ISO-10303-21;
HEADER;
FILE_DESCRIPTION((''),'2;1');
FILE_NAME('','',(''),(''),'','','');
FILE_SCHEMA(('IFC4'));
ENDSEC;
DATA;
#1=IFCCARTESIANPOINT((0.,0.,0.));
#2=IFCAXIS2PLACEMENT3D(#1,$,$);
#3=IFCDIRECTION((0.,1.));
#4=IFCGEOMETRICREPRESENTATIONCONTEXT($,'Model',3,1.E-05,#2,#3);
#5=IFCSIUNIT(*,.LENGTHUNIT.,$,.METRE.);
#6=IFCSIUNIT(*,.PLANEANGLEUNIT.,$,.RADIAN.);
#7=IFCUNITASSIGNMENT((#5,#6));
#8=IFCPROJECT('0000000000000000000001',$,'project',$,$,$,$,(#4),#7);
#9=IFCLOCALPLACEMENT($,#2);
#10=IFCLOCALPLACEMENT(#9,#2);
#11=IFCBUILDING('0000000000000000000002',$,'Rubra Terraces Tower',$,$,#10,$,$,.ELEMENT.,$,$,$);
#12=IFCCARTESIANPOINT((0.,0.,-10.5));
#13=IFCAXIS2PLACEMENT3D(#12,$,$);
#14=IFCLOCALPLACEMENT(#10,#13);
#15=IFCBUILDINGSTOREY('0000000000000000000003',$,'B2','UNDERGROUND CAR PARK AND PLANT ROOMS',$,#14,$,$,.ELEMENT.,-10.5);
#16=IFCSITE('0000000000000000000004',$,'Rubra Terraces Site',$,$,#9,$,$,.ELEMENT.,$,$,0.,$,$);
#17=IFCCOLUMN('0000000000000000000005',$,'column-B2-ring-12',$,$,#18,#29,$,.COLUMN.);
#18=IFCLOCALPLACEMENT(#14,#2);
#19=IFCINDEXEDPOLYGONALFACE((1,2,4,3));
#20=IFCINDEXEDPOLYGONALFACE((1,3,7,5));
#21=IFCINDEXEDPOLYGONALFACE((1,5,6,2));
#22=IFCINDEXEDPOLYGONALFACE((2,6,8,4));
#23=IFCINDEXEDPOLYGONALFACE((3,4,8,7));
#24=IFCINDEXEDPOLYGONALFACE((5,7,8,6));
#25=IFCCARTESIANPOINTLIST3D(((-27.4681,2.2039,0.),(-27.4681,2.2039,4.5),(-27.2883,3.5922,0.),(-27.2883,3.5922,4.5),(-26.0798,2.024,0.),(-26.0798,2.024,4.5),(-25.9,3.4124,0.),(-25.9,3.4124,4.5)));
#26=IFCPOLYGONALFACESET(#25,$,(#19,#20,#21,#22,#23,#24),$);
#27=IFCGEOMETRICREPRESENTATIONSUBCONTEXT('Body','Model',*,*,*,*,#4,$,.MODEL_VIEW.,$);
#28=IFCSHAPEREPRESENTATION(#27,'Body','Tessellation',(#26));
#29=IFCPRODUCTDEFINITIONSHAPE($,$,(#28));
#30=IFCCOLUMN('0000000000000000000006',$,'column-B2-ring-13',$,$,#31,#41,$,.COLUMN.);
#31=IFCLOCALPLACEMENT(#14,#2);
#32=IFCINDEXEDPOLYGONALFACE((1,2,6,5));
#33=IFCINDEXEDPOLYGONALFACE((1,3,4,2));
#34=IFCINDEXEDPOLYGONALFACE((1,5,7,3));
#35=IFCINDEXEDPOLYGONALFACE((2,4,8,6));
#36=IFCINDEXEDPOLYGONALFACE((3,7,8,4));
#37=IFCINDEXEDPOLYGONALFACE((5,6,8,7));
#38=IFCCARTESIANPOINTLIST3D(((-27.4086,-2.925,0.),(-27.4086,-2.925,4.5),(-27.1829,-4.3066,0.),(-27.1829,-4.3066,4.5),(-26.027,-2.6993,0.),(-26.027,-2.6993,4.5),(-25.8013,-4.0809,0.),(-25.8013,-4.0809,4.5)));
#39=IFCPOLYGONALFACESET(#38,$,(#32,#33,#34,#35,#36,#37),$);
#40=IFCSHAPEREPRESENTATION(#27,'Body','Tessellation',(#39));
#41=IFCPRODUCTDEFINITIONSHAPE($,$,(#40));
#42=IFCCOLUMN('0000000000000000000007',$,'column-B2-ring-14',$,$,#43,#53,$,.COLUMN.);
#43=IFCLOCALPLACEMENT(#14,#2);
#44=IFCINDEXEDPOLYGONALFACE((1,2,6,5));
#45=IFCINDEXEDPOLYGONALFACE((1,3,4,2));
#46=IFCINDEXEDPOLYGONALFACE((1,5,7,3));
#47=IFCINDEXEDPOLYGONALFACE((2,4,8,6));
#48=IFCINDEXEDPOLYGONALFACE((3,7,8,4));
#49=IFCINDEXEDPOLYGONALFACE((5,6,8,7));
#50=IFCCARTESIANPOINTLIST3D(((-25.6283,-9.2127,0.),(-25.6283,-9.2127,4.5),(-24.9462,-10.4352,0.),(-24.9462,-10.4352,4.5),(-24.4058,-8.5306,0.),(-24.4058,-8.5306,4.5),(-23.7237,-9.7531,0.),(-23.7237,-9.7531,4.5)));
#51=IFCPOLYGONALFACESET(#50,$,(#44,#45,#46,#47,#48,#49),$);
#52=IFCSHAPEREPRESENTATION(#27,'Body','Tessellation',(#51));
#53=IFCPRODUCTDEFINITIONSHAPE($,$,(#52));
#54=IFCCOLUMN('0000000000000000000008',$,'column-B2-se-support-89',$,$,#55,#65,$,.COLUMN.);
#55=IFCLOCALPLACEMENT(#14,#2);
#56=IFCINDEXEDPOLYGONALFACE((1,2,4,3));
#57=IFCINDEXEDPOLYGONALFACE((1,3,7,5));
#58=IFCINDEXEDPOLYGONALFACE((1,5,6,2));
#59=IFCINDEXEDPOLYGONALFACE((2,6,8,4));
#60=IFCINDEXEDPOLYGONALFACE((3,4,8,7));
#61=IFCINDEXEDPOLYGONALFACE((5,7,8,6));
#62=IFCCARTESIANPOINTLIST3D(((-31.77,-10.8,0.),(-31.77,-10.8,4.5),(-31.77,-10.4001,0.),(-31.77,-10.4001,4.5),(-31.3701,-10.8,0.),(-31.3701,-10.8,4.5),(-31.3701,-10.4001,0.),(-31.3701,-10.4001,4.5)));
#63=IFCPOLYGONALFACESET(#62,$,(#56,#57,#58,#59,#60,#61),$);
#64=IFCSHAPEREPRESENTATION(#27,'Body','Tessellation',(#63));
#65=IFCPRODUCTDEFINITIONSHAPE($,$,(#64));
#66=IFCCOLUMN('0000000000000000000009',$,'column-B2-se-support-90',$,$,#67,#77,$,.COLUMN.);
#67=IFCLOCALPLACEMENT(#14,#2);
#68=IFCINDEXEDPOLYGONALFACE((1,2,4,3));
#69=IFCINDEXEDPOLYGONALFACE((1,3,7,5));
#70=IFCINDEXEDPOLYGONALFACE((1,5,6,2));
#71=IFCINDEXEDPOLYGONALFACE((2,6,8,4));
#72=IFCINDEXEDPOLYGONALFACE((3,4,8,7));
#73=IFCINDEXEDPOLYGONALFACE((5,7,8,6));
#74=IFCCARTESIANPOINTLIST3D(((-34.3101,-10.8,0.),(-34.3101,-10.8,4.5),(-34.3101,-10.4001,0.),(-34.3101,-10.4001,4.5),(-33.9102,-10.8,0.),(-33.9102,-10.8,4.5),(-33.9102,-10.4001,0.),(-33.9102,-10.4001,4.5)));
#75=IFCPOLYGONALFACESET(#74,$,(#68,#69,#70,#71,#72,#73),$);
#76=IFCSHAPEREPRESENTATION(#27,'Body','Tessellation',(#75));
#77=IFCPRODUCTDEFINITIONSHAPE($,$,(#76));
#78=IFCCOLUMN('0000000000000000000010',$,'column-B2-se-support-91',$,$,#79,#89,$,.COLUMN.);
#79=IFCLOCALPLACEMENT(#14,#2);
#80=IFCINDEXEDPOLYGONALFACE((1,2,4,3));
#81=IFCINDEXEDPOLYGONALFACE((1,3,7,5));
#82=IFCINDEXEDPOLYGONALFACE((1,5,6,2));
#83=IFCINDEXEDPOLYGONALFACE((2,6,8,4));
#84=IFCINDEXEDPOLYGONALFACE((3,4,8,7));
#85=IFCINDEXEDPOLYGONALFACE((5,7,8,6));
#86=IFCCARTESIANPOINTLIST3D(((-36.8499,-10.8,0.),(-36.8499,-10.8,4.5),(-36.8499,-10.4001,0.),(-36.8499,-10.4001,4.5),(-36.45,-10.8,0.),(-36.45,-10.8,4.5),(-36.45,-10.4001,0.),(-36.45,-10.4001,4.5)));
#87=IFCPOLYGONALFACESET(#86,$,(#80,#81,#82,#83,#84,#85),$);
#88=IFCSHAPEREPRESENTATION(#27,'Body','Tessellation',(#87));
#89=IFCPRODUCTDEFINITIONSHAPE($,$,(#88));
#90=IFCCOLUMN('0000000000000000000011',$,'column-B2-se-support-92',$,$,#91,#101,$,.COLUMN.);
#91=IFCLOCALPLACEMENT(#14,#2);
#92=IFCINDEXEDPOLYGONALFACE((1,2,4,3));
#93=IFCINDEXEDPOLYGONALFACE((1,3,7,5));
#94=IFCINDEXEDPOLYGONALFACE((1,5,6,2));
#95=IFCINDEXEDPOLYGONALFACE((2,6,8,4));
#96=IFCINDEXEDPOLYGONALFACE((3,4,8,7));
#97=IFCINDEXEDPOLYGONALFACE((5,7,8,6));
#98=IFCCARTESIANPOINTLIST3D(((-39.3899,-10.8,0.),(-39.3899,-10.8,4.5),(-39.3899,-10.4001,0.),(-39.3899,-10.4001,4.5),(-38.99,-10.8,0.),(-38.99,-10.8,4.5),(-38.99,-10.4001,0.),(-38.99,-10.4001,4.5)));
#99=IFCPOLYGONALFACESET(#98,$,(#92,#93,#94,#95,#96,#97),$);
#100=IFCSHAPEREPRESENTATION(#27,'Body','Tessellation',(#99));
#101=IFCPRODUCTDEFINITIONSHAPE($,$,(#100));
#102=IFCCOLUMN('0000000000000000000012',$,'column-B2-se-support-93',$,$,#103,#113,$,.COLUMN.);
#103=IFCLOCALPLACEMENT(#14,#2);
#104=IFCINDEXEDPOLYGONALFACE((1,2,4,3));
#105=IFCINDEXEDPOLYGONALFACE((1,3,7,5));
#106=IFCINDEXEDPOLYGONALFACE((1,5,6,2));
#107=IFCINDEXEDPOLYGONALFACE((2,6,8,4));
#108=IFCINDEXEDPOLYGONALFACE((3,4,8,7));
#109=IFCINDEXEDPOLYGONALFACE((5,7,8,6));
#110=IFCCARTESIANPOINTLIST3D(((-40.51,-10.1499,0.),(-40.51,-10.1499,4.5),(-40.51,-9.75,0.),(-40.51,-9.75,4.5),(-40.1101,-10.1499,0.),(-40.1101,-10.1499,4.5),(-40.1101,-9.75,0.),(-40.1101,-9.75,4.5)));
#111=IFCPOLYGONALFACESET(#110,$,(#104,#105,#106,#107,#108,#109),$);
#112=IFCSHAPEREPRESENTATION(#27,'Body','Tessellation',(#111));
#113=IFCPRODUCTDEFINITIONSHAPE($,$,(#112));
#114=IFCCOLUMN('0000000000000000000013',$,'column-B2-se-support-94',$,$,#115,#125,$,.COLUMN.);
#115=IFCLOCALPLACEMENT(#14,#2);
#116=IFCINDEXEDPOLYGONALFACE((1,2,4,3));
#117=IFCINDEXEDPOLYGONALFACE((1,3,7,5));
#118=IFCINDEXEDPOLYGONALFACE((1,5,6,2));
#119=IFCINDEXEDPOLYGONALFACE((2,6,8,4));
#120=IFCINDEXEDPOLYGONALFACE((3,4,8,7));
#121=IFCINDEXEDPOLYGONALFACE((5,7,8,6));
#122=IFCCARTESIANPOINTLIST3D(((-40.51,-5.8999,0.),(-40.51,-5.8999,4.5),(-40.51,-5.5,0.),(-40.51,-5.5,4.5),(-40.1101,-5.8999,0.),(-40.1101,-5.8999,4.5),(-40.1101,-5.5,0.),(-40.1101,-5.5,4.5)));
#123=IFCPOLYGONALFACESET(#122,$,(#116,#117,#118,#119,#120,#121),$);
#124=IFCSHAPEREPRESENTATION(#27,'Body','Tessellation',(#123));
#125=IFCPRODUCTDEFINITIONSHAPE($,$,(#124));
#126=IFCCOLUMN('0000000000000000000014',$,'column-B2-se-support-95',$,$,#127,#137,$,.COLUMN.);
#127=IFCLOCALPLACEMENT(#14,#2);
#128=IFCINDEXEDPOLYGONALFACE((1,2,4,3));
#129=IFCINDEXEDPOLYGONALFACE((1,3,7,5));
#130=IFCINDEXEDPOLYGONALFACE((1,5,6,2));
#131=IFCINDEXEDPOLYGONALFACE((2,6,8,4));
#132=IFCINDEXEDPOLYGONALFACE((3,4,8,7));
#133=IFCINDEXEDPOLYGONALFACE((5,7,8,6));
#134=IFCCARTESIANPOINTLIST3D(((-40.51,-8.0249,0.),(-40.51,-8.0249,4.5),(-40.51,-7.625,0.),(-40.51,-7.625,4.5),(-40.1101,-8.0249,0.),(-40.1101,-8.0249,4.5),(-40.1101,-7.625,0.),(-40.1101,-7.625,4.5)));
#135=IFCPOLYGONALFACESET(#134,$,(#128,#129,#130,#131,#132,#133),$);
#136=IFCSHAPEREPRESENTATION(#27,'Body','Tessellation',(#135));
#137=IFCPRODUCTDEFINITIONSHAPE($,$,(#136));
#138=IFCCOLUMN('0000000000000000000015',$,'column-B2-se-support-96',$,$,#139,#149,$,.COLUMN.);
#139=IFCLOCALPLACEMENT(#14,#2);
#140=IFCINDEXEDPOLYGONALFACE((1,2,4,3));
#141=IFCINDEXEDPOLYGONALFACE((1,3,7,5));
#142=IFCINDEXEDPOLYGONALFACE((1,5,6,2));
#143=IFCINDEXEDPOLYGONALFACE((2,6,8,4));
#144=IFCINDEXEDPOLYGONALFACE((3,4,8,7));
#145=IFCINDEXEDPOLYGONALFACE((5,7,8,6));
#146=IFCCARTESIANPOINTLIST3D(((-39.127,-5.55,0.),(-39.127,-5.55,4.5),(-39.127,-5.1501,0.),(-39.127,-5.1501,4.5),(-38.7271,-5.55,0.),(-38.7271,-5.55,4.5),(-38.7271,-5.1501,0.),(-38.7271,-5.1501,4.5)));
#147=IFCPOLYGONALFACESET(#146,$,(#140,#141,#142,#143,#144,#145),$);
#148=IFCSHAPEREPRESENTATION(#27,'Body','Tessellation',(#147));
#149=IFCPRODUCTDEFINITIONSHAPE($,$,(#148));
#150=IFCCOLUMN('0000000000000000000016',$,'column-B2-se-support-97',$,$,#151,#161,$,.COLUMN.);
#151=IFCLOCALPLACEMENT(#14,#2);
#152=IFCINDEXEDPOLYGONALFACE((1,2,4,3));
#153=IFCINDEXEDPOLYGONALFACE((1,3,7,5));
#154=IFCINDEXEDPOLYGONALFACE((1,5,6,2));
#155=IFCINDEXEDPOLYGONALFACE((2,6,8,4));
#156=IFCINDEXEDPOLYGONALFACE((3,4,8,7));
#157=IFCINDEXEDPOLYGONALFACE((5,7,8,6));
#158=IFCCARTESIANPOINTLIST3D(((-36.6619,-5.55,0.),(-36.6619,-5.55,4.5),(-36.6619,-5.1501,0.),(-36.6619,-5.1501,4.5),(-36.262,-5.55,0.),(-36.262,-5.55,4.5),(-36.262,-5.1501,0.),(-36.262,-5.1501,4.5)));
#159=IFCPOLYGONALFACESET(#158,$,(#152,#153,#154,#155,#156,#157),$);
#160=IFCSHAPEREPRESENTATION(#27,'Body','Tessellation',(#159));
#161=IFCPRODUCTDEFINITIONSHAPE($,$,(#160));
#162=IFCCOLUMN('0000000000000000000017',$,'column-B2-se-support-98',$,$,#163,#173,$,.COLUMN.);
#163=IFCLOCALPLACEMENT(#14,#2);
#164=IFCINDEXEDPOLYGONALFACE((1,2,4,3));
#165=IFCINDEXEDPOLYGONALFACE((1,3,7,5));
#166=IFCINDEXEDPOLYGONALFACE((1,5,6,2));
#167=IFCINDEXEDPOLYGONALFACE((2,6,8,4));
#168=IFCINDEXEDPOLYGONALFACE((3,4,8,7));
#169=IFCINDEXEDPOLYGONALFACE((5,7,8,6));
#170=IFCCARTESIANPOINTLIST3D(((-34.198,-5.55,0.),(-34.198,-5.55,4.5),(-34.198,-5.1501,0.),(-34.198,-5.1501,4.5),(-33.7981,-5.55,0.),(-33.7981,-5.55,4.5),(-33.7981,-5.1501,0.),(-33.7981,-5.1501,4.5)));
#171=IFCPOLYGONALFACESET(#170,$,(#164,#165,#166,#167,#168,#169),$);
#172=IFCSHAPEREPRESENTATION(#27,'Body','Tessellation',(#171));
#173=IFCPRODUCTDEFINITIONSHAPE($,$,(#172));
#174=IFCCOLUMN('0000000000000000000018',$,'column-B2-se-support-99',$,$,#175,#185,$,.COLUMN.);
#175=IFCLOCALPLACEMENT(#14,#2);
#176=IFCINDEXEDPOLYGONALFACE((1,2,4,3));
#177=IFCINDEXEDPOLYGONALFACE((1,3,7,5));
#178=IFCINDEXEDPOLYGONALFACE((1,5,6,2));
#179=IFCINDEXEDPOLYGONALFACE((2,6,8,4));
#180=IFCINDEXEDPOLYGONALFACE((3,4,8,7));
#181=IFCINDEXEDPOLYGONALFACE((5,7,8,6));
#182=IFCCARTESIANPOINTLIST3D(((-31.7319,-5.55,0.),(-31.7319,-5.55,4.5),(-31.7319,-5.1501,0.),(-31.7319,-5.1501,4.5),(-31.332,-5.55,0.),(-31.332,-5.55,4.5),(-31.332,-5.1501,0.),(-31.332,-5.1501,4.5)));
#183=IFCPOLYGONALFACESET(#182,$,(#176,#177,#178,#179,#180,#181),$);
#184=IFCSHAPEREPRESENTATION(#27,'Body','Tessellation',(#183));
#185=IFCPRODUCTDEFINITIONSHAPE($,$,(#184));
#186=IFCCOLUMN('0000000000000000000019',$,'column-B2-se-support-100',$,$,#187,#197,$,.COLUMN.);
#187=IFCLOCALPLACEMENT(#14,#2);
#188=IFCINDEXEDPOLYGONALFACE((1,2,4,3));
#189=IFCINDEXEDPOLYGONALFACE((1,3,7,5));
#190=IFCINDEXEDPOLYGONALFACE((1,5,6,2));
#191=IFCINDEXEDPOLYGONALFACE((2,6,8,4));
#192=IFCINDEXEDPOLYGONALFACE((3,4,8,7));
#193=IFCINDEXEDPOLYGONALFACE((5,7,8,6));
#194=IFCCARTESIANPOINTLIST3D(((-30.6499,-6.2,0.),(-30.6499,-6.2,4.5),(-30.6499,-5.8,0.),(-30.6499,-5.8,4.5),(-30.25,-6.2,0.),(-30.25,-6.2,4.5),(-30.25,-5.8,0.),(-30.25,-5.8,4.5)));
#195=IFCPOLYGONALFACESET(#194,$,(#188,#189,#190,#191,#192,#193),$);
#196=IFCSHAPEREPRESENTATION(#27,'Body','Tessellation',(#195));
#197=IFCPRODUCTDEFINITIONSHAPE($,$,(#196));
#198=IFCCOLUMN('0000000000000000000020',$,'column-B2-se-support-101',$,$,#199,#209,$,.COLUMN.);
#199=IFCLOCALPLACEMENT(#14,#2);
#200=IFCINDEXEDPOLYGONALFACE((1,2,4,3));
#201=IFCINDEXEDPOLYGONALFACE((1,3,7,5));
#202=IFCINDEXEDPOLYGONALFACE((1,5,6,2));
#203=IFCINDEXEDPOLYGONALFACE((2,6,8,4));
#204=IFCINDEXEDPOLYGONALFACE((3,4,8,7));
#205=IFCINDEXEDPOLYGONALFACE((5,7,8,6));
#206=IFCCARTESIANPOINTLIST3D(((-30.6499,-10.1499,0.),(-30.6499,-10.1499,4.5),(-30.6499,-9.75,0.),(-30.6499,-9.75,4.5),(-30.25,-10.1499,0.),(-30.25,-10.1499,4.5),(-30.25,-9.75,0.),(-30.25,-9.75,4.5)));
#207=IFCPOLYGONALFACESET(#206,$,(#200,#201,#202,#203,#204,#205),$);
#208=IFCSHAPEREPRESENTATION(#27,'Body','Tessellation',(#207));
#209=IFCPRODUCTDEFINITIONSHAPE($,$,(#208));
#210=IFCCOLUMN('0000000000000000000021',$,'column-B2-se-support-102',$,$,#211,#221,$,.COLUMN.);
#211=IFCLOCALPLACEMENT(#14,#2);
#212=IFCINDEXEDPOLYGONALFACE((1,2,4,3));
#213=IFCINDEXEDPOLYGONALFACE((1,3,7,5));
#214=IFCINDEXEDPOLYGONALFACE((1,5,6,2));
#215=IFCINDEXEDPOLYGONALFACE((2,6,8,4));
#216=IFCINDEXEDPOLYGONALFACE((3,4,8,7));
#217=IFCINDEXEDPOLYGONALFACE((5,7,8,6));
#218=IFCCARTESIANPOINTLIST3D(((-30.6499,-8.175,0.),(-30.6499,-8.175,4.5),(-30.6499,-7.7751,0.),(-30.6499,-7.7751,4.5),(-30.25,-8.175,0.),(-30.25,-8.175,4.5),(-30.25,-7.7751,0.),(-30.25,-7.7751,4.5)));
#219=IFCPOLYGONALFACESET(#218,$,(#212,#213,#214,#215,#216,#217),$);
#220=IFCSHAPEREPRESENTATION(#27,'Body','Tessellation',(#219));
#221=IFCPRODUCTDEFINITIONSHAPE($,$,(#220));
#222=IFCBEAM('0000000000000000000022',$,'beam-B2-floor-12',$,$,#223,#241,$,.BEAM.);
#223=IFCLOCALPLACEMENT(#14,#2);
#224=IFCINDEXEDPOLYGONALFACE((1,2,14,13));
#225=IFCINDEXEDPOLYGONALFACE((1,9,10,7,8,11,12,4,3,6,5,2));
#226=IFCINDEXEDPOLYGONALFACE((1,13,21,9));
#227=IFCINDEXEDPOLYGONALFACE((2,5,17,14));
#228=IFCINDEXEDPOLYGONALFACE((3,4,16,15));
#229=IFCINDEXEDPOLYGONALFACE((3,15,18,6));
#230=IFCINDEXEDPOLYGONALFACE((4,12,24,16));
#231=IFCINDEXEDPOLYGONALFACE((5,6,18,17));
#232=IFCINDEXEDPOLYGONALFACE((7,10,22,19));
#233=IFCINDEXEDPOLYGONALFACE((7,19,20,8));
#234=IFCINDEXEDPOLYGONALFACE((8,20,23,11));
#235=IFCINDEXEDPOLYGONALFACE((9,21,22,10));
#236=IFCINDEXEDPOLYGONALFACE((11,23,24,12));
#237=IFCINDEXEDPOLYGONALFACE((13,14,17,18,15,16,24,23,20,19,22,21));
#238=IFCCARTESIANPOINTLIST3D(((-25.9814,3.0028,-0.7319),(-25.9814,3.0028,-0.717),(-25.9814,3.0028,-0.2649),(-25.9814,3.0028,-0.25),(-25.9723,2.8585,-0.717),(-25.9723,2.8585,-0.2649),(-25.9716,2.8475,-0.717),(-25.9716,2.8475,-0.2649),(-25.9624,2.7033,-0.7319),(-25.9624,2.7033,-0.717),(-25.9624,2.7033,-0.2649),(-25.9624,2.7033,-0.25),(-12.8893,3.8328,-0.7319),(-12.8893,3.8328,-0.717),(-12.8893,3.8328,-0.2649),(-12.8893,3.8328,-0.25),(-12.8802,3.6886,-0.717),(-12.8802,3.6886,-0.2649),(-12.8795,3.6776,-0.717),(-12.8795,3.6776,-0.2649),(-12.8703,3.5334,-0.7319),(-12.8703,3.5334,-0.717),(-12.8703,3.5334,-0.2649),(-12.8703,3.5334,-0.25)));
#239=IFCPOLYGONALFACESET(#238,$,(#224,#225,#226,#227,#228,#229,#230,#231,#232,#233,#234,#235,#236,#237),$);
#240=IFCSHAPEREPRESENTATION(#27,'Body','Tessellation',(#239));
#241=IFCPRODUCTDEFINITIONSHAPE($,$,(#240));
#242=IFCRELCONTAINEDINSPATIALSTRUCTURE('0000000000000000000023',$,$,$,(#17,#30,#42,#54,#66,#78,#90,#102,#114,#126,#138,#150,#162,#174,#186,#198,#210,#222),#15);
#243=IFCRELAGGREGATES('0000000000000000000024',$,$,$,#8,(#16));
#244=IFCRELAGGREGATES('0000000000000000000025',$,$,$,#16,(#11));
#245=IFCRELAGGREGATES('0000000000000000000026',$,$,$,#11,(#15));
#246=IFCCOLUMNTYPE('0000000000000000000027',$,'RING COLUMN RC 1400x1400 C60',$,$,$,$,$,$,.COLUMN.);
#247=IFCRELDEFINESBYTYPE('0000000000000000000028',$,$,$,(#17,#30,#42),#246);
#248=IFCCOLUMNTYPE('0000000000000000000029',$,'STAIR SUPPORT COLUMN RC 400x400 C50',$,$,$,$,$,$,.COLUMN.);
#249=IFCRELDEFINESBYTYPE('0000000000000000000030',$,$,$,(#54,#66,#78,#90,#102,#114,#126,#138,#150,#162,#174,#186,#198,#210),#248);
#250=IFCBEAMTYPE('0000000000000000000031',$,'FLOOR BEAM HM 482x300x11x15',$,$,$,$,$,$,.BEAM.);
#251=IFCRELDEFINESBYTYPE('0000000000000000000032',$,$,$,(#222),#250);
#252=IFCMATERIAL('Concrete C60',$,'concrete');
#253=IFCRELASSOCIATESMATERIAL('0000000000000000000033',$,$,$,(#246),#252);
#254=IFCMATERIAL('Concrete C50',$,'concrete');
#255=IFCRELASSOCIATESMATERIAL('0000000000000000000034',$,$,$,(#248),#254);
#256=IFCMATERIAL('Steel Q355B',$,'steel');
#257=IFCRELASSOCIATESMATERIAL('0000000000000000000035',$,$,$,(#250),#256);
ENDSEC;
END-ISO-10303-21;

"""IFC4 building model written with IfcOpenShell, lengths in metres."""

from ifc_helpers import new_model, si_unit, direction, frame, origin, origin_2d, place, context, subcontext, project, spatial, rectangle, i_section, extrude, material, material_profile, profile_set, type_object, element, save


model = new_model("IFC4")

# Units and contexts
model_context = context("Model", 3, precision=1e-05, world=origin(), true_north=direction((0.0, 1.0)))
body_context = subcontext(model_context, "Body", "Model", "MODEL_VIEW")
ifc_project = project(units=[si_unit("LENGTHUNIT", "METRE"), si_unit("PLANEANGLEUNIT", "RADIAN")], contexts=[model_context])

# Site, building, storey
site_placement = place(None, origin())
site = spatial("IfcSite", under=ifc_project, at=site_placement, Name="Rubra Terraces Site", CompositionType="ELEMENT", RefElevation=0.0)
building_placement = place(site_placement, origin())
building = spatial("IfcBuilding", under=site, at=building_placement, Name="Rubra Terraces Tower", CompositionType="ELEMENT")
storey_placement = place(building_placement, frame((0.0, 0.0, -10.5)))
storey = spatial("IfcBuildingStorey", under=building, at=storey_placement, Name="B2", Description="UNDERGROUND CAR PARK AND PLANT ROOMS", CompositionType="ELEMENT", Elevation=-10.5)

# Columns
ifc_material_1 = material(Name="Concrete C60", Category="concrete")
ifc_material_profile_1 = material_profile(ifc_material_1, rectangle(XDim=1.3999, YDim=1.3999, at=origin_2d()), Name="RC 1400x1400")
ifc_profile_set_1 = profile_set([ifc_material_profile_1], Name="Concrete C60")
column_type_1 = type_object("IfcColumnType", Name="RING COLUMN RC 1400x1400 C60", PredefinedType="COLUMN", material=ifc_profile_set_1)
for number, where, z_axis, x_axis, name in (
    (1, (-26.6841, 2.8081, 0.0), (0.0, 0.0, 1.0), (-0.128445, -0.991717, 0.0), "column-B2-ring-12"),
    (2, (-26.605, -3.5029, 0.0), (0.0, 0.0, 1.0), (0.161234, -0.986916, 0.0), "column-B2-ring-13"),
    (3, (-24.676, -9.4829, 0.0), (0.0, 0.0, 1.0), (0.487227, -0.873276, 0.0), "column-B2-ring-14"),
):
    element("IfcColumn", number, at=place(storey_placement, frame(where, z_axis=z_axis, x_axis=x_axis)), inside=storey, type_object=column_type_1, Name=name, PredefinedType="COLUMN", context=body_context, shape_type="SweptSolid", body=[
        extrude(rectangle(XDim=1.3999, YDim=1.3999, at=origin_2d()), origin(), (0.0, 0.0, 1.0), 4.5),
    ])
ifc_material_2 = material(Name="Concrete C50", Category="concrete")
ifc_material_profile_2 = material_profile(ifc_material_2, rectangle(XDim=0.3999, YDim=0.3999, at=origin_2d()), Name="RC 400x400")
ifc_profile_set_2 = profile_set([ifc_material_profile_2], Name="Concrete C50")
column_type_2 = type_object("IfcColumnType", Name="STAIR SUPPORT COLUMN RC 400x400 C50", PredefinedType="COLUMN", material=ifc_profile_set_2)
for number, where, z_axis, x_axis, name in (
    (4, (-31.5701, -10.6001, 0.0), (0.0, 0.0, 1.0), (1.0, 0.0, 0.0), "column-B2-se-support-89"),
    (5, (-34.1101, -10.6001, 0.0), (0.0, 0.0, 1.0), (1.0, 0.0, 0.0), "column-B2-se-support-90"),
    (6, (-36.6499, -10.6001, 0.0), (0.0, 0.0, 1.0), (1.0, 0.0, 0.0), "column-B2-se-support-91"),
    (7, (-39.1899, -10.6001, 0.0), (0.0, 0.0, 1.0), (1.0, 0.0, 0.0), "column-B2-se-support-92"),
    (8, (-40.3101, -9.95, 0.0), (0.0, 0.0, 1.0), (1.0, 0.0, 0.0), "column-B2-se-support-93"),
    (9, (-40.3101, -5.7, 0.0), (0.0, 0.0, 1.0), (1.0, 0.0, 0.0), "column-B2-se-support-94"),
    (10, (-40.3101, -7.825, 0.0), (0.0, 0.0, 1.0), (1.0, 0.0, 0.0), "column-B2-se-support-95"),
    (11, (-38.927, -5.3501, 0.0), (0.0, 0.0, 1.0), (1.0, 0.0, 0.0), "column-B2-se-support-96"),
    (12, (-36.4619, -5.3501, 0.0), (0.0, 0.0, 1.0), (1.0, 0.0, 0.0), "column-B2-se-support-97"),
    (13, (-33.998, -5.3501, 0.0), (0.0, 0.0, 1.0), (1.0, 0.0, 0.0), "column-B2-se-support-98"),
    (14, (-31.532, -5.3501, 0.0), (0.0, 0.0, 1.0), (1.0, 0.0, 0.0), "column-B2-se-support-99"),
    (15, (-30.45, -6.0, 0.0), (0.0, 0.0, 1.0), (1.0, 0.0, 0.0), "column-B2-se-support-100"),
    (16, (-30.45, -9.95, 0.0), (0.0, 0.0, 1.0), (1.0, 0.0, 0.0), "column-B2-se-support-101"),
    (17, (-30.45, -7.9751, 0.0), (0.0, 0.0, 1.0), (1.0, 0.0, 0.0), "column-B2-se-support-102"),
):
    element("IfcColumn", number, at=place(storey_placement, frame(where, z_axis=z_axis, x_axis=x_axis)), inside=storey, type_object=column_type_2, Name=name, PredefinedType="COLUMN", context=body_context, shape_type="SweptSolid", body=[
        extrude(rectangle(XDim=0.3999, YDim=0.3999, at=origin_2d()), origin(), (0.0, 0.0, 1.0), 4.5),
    ])

# Beam
ifc_material_3 = material(Name="Steel Q355B", Category="steel")
ifc_material_profile_3 = material_profile(ifc_material_3, i_section(OverallWidth=0.3, OverallDepth=0.4819, WebThickness=0.011, FlangeThickness=0.0149, at=origin_2d()), Name="HM 482x300x11x15")
ifc_profile_set_3 = profile_set([ifc_material_profile_3], Name="Steel Q355B")
beam_type_1 = type_object("IfcBeamType", Name="FLOOR BEAM HM 482x300x11x15", PredefinedType="BEAM", material=ifc_profile_set_3)
beam_1_placement = place(storey_placement, frame((-25.9719, 2.853, -0.491), z_axis=(0.997996, 0.063276, 0.0), x_axis=(-0.063276, 0.997996, 0.0)))
element("IfcBeam", 18, at=beam_1_placement, inside=storey, type_object=beam_type_1, Name="beam-B2-floor-12", PredefinedType="BEAM", context=body_context, shape_type="SweptSolid", body=[
    extrude(i_section(OverallWidth=0.3, OverallDepth=0.4819, WebThickness=0.011, FlangeThickness=0.0149, at=origin_2d()), origin(), (0.0, 0.0, 1.0), 13.1184),
])

save(model, "model.ifc")
